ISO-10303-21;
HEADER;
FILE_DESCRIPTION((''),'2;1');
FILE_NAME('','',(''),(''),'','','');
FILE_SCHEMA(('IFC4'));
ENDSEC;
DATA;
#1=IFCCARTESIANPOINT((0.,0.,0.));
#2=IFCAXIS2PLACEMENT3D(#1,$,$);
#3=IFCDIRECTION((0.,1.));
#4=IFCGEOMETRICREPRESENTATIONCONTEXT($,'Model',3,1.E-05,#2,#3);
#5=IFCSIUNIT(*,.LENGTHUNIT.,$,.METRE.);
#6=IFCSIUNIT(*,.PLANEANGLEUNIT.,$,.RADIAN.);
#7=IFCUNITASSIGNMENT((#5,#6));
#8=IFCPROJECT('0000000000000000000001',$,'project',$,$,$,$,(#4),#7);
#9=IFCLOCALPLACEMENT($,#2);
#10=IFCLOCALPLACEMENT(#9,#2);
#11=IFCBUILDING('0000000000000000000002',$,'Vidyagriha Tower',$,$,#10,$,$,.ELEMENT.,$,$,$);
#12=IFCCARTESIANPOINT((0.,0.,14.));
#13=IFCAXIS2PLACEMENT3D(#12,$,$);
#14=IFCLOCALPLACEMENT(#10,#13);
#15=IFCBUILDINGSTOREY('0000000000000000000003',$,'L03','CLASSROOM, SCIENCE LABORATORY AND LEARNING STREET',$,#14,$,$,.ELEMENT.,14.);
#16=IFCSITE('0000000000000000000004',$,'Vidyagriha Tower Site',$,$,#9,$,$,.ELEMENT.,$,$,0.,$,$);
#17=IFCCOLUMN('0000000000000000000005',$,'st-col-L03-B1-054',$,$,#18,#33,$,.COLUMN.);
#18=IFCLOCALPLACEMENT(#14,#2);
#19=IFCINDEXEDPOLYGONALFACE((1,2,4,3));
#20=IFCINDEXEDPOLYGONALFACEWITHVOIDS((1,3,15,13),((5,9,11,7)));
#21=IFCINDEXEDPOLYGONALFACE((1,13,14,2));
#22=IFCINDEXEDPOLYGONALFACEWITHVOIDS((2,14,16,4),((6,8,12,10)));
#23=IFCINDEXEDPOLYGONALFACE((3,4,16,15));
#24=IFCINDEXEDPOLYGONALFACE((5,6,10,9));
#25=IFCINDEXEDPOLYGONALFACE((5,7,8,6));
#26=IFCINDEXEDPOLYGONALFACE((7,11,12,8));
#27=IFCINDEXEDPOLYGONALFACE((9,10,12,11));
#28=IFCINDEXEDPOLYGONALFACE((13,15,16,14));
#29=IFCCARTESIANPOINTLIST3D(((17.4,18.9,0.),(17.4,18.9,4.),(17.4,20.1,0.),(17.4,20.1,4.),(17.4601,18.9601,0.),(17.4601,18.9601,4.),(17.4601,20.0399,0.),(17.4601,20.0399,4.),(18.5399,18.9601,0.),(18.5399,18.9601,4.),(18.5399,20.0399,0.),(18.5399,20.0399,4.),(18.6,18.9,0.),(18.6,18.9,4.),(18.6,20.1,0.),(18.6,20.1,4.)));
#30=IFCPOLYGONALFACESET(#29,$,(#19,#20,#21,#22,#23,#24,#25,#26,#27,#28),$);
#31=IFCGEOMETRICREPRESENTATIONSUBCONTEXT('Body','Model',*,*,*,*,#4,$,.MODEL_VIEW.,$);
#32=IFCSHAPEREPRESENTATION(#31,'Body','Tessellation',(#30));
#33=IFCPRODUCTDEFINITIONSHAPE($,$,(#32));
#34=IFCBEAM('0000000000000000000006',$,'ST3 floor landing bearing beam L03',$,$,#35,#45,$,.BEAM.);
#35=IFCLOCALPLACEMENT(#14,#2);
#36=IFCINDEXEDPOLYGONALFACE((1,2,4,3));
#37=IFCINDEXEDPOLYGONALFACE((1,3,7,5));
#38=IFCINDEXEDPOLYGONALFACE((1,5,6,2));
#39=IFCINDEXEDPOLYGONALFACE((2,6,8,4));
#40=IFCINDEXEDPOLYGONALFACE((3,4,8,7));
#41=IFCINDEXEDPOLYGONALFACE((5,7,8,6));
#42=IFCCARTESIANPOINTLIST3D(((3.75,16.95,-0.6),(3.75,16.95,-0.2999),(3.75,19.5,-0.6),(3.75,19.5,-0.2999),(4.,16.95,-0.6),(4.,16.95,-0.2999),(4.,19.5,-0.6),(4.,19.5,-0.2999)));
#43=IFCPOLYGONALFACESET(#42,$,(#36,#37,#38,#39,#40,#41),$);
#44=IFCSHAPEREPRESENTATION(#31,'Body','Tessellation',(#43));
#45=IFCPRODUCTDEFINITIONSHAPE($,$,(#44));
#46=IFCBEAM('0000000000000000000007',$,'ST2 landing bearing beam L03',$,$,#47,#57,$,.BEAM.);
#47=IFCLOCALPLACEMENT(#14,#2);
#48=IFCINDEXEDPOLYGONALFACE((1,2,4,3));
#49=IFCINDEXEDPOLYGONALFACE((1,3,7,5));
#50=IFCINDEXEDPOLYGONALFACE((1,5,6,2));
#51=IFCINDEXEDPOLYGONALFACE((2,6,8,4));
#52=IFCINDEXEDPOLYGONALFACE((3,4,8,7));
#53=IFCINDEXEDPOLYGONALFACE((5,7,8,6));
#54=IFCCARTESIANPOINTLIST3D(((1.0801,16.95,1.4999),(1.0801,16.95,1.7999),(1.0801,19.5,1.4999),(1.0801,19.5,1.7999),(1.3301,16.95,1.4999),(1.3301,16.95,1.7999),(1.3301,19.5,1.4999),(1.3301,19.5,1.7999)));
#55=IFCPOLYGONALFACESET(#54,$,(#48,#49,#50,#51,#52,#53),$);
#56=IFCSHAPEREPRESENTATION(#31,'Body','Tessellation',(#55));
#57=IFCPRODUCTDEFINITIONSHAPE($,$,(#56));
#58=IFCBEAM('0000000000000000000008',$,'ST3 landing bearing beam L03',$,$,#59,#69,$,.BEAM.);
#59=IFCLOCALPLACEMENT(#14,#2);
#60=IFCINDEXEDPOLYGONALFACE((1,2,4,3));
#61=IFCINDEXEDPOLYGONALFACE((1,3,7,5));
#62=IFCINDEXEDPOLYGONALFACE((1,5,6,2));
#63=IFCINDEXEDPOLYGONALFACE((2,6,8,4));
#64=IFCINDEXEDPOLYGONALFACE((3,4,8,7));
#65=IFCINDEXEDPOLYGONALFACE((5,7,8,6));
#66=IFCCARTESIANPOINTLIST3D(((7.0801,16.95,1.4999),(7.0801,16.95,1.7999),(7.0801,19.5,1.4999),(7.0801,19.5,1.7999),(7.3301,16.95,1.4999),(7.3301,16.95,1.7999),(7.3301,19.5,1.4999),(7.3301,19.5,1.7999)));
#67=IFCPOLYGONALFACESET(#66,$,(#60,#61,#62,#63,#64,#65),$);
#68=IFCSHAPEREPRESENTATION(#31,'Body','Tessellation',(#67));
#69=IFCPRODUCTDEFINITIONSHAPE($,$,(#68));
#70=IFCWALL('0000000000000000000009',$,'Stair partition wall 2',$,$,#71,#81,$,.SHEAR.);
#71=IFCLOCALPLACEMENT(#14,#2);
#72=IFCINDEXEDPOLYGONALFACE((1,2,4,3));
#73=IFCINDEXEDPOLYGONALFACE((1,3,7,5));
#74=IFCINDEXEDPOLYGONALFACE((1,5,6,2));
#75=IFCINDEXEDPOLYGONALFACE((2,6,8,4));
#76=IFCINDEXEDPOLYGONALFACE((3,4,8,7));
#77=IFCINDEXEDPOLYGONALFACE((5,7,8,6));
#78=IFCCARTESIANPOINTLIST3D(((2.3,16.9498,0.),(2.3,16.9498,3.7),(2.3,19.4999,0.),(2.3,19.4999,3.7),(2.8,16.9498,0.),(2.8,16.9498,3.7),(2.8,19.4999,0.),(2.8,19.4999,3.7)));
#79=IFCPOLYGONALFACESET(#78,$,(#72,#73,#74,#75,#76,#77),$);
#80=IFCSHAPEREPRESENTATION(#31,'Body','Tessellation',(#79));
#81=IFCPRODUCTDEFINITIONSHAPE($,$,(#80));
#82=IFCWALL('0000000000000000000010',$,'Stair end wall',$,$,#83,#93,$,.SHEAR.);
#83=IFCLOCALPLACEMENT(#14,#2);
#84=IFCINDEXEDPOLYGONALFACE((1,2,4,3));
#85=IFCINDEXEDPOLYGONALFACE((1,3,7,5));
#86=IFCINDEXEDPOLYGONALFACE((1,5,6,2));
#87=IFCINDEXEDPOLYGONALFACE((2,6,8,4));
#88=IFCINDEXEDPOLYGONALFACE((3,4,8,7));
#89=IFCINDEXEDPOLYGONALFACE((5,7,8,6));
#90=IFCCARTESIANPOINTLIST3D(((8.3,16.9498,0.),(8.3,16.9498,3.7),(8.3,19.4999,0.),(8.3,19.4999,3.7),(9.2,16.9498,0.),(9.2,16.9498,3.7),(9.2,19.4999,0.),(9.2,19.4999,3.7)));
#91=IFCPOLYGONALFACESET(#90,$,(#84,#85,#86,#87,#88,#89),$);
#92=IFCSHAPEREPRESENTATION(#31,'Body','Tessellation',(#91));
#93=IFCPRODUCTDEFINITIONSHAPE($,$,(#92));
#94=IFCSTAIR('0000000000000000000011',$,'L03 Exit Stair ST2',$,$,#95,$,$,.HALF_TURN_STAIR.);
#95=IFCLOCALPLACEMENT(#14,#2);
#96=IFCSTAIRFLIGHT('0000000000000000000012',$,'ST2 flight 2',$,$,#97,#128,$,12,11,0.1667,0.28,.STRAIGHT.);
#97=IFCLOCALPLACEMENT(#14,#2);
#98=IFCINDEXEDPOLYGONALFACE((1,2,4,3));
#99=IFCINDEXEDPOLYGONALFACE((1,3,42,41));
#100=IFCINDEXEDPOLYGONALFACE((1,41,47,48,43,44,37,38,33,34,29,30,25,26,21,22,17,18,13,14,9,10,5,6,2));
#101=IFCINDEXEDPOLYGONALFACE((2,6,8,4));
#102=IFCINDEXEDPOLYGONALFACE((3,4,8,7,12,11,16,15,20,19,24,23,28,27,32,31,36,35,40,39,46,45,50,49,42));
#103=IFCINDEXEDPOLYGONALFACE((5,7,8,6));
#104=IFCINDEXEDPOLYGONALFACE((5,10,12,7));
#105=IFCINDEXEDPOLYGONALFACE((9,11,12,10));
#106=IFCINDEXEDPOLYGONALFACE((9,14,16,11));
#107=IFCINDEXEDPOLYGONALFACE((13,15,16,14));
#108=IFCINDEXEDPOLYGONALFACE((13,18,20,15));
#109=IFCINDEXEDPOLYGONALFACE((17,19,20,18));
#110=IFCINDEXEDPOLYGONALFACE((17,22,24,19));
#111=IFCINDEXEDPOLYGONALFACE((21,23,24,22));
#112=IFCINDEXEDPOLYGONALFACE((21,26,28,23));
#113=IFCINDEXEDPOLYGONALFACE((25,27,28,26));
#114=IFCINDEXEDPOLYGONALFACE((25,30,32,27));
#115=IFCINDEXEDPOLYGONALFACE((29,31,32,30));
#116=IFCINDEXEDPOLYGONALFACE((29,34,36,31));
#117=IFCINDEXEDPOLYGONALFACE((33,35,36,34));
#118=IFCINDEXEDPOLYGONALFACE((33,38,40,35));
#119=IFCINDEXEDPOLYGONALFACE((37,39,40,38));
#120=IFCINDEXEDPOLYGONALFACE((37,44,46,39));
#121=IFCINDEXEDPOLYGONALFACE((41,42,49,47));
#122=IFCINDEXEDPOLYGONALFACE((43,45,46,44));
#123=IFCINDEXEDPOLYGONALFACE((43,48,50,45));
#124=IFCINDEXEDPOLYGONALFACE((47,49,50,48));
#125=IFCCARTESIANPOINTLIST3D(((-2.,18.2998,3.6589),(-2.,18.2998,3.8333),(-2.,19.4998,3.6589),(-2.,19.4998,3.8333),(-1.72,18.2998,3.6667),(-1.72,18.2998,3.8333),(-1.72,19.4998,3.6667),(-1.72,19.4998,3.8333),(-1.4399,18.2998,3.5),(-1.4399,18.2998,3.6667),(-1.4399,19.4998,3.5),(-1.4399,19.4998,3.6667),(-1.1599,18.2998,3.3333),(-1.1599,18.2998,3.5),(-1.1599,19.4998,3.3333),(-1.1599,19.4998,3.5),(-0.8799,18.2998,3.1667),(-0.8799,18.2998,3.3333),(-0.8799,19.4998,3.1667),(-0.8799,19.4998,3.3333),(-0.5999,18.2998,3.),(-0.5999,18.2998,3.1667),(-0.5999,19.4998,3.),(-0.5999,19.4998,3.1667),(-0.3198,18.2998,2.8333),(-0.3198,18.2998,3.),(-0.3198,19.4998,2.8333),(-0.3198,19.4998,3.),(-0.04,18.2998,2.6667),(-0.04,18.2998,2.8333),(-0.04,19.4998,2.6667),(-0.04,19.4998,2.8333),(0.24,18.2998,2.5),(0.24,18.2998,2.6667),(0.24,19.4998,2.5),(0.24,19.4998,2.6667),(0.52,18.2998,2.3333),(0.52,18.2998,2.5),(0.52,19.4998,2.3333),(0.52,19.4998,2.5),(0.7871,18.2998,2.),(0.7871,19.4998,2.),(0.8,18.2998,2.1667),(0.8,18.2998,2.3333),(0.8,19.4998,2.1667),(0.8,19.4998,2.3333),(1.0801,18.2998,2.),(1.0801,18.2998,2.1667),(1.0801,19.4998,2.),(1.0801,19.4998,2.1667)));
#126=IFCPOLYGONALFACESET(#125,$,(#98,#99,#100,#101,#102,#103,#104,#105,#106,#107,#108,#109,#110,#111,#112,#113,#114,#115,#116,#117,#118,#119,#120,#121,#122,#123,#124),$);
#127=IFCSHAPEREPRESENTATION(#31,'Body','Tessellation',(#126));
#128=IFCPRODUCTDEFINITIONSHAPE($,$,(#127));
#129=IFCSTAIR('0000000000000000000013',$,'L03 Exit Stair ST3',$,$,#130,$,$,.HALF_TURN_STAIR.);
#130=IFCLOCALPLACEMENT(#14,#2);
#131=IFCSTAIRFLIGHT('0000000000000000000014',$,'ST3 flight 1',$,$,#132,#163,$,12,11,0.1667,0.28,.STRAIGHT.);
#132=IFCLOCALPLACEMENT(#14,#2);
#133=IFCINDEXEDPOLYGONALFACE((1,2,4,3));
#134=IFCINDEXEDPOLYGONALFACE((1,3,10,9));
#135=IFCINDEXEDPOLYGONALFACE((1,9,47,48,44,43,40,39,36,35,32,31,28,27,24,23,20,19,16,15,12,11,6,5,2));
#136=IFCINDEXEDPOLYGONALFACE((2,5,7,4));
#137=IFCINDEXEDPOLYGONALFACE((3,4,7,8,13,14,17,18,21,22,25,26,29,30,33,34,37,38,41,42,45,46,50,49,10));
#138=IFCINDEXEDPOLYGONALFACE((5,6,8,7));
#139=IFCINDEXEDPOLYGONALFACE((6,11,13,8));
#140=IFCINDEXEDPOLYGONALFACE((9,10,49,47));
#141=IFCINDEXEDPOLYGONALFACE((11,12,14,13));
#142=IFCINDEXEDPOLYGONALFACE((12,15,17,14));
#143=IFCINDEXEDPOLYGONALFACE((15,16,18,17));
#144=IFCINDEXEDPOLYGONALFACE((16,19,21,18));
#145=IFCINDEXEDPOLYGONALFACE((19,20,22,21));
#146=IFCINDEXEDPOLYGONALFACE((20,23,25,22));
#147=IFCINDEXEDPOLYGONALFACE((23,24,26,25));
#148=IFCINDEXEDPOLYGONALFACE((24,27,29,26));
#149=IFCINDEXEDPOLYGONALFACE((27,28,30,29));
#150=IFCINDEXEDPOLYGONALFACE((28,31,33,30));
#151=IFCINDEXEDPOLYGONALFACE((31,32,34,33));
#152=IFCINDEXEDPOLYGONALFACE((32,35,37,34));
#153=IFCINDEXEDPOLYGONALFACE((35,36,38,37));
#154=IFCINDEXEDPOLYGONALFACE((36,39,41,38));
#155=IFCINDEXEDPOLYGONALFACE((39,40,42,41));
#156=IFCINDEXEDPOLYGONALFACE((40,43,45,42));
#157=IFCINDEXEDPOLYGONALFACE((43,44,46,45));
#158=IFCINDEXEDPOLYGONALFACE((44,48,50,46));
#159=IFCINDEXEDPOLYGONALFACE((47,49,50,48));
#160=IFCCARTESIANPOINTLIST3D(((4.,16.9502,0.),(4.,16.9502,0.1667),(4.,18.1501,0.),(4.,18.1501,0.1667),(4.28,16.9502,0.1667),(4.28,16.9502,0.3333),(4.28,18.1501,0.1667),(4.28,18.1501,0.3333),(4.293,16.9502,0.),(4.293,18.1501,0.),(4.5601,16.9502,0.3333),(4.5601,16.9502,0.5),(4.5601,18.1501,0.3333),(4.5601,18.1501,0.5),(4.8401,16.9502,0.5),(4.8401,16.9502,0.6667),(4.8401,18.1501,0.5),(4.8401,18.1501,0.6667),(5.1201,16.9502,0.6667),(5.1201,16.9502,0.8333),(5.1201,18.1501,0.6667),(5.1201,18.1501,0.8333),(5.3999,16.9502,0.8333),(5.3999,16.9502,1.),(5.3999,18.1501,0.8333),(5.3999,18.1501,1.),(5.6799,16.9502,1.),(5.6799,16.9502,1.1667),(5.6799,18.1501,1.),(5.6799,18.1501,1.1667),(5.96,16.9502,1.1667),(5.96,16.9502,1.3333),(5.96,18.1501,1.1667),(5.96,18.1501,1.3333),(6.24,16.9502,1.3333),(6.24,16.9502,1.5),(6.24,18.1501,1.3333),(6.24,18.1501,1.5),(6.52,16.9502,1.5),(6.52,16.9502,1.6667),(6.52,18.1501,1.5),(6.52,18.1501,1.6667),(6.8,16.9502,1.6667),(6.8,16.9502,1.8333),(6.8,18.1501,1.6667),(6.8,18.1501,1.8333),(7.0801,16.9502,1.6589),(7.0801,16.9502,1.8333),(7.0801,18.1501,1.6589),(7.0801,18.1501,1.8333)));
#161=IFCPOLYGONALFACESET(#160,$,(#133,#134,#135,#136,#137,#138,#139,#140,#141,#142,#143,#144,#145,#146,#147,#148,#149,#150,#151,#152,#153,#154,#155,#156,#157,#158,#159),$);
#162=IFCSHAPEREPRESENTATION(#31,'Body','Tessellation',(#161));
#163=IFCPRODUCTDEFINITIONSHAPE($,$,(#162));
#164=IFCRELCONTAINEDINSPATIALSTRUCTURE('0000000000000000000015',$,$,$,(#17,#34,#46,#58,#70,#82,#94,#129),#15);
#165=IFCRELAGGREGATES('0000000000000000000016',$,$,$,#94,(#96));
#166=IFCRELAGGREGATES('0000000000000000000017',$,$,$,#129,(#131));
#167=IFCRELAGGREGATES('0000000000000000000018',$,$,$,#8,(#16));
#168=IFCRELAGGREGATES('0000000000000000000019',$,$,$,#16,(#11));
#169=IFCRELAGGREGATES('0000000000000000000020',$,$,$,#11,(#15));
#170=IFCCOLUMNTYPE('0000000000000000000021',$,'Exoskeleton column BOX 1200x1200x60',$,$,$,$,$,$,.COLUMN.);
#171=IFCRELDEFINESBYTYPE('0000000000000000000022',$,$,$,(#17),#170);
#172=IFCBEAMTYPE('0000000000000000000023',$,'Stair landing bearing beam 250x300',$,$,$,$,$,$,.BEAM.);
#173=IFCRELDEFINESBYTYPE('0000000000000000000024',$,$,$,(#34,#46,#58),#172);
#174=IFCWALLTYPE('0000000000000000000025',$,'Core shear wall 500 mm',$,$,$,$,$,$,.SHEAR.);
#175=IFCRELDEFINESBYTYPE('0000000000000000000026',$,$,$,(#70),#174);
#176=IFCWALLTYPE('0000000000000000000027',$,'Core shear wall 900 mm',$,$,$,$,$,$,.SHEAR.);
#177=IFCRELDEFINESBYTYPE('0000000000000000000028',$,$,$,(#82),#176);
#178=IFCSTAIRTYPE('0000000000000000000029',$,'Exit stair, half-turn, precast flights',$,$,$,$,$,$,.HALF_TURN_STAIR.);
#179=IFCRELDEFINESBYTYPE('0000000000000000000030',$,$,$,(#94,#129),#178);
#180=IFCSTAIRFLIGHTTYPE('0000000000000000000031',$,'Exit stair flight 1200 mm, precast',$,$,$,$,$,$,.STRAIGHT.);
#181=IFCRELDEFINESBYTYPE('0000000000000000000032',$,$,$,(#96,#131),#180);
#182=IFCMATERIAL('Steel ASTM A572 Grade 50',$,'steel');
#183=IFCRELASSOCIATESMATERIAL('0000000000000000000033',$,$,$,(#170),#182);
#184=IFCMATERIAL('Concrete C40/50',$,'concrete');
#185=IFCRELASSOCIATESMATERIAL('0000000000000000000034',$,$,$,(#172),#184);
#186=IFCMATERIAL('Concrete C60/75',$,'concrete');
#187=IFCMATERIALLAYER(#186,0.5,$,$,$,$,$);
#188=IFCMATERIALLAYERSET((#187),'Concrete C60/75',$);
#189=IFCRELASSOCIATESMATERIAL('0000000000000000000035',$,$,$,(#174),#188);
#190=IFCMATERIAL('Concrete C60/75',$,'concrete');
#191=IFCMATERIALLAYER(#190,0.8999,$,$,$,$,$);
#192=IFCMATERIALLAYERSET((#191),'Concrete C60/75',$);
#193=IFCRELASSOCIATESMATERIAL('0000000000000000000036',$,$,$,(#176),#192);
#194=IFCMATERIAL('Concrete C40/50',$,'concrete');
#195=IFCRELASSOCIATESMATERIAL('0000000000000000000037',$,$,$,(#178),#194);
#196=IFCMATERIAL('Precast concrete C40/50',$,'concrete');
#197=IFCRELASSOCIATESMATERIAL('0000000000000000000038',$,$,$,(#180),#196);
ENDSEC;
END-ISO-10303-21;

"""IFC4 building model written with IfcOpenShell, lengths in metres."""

from ifc_helpers import new_model, si_unit, direction, frame, frame_2d, origin, origin_2d, place, context, subcontext, project, spatial, polyline, rectangle, hollow_rectangle, outline, extrude, material, layer, layer_set, material_profile, profile_set, type_object, element, aggregate, save


model = new_model("IFC4")

# Units and contexts
model_context = context("Model", 3, precision=1e-05, world=origin(), true_north=direction((0.0, 1.0)))
body_context = subcontext(model_context, "Body", "Model", "MODEL_VIEW")
ifc_project = project(units=[si_unit("LENGTHUNIT", "METRE"), si_unit("PLANEANGLEUNIT", "RADIAN")], contexts=[model_context])

# Site, building, storey
site_placement = place(None, origin())
site = spatial("IfcSite", under=ifc_project, at=site_placement, Name="Vidyagriha Tower Site", CompositionType="ELEMENT", RefElevation=0.0)
building_placement = place(site_placement, origin())
building = spatial("IfcBuilding", under=site, at=building_placement, Name="Vidyagriha Tower", CompositionType="ELEMENT")
storey_placement = place(building_placement, frame((0.0, 0.0, 14.0)))
storey = spatial("IfcBuildingStorey", under=building, at=storey_placement, Name="L03", Description="CLASSROOM, SCIENCE LABORATORY AND LEARNING STREET", CompositionType="ELEMENT", Elevation=14.0)

# Column
ifc_material_1 = material(Name="Steel ASTM A572 Grade 50", Category="steel")
ifc_material_profile_1 = material_profile(ifc_material_1, hollow_rectangle(XDim=1.2, YDim=1.2, WallThickness=0.0601, at=origin_2d()), Name="BOX 1200x1200x60")
ifc_profile_set_1 = profile_set([ifc_material_profile_1], Name="Steel ASTM A572 Grade 50")
column_type = type_object("IfcColumnType", Name="Exoskeleton column BOX 1200x1200x60", PredefinedType="COLUMN", material=ifc_profile_set_1)
column_placement = place(storey_placement, frame((18.0, 19.5, 0.0)))
element("IfcColumn", 1, at=column_placement, inside=storey, type_object=column_type, Name="st-col-L03-B1-054", PredefinedType="COLUMN", context=body_context, shape_type="SweptSolid", body=[
    extrude(hollow_rectangle(XDim=1.2, YDim=1.2, WallThickness=0.0601, at=origin_2d()), origin(), (0.0, 0.0, 1.0), 4.0),
])

# Beams
ifc_material_2 = material(Name="Concrete C40/50", Category="concrete")
ifc_material_profile_2 = material_profile(ifc_material_2, rectangle(XDim=0.25, YDim=0.3, at=origin_2d()), Name="Stair landing bearing beam 250x300")
ifc_profile_set_2 = profile_set([ifc_material_profile_2], Name="Concrete C40/50")
beam_type = type_object("IfcBeamType", Name="Stair landing bearing beam 250x300", PredefinedType="BEAM", material=ifc_profile_set_2)
for number, where, z_axis, x_axis, name in (
    (2, (3.875, 16.95, -0.45), (0.0, 1.0, 0.0), (-1.0, 0.0, 0.0), "ST3 floor landing bearing beam L03"),
    (3, (1.2051, 16.95, 1.6499), (0.0, 1.0, 0.0), (-1.0, 0.0, 0.0), "ST2 landing bearing beam L03"),
    (4, (7.2051, 16.95, 1.6499), (0.0, 1.0, 0.0), (-1.0, 0.0, 0.0), "ST3 landing bearing beam L03"),
):
    element("IfcBeam", number, at=place(storey_placement, frame(where, z_axis=z_axis, x_axis=x_axis)), inside=storey, type_object=beam_type, Name=name, PredefinedType="BEAM", context=body_context, shape_type="SweptSolid", body=[
        extrude(rectangle(XDim=0.25, YDim=0.3, at=origin_2d()), origin(), (0.0, 0.0, 1.0), 2.55),
    ])

# Walls
ifc_material_3 = material(Name="Concrete C60/75", Category="concrete")
ifc_layer_1 = layer(ifc_material_3, 0.5)
ifc_layer_set_1 = layer_set([ifc_layer_1], Name="Concrete C60/75")
wall_type_1 = type_object("IfcWallType", Name="Core shear wall 500 mm", PredefinedType="SHEAR", material=ifc_layer_set_1)
wall_1_placement = place(storey_placement, frame((2.55, 16.95, 0.0), z_axis=(0.0, 0.0, 1.0), x_axis=(0.0, 1.0, 0.0)))
element("IfcWall", 5, at=wall_1_placement, inside=storey, type_object=wall_type_1, Name="Stair partition wall 2", PredefinedType="SHEAR", context=body_context, shape_type="SweptSolid", body=[
    extrude(rectangle(XDim=2.55, YDim=0.5, at=frame_2d((1.2749, 0.0))), origin(), (0.0, 0.0, 1.0), 3.7),
])
ifc_material_4 = material(Name="Concrete C60/75", Category="concrete")
ifc_layer_2 = layer(ifc_material_4, 0.8999)
ifc_layer_set_2 = layer_set([ifc_layer_2], Name="Concrete C60/75")
wall_type_2 = type_object("IfcWallType", Name="Core shear wall 900 mm", PredefinedType="SHEAR", material=ifc_layer_set_2)
wall_2_placement = place(storey_placement, frame((8.75, 16.95, 0.0), z_axis=(0.0, 0.0, 1.0), x_axis=(0.0, 1.0, 0.0)))
element("IfcWall", 6, at=wall_2_placement, inside=storey, type_object=wall_type_2, Name="Stair end wall", PredefinedType="SHEAR", context=body_context, shape_type="SweptSolid", body=[
    extrude(rectangle(XDim=2.55, YDim=0.8999, at=frame_2d((1.2749, 0.0))), origin(), (0.0, 0.0, 1.0), 3.7),
])

# Stair, stair flight
ifc_material_5 = material(Name="Concrete C40/50", Category="concrete")
stair_type = type_object("IfcStairType", Name="Exit stair, half-turn, precast flights", PredefinedType="HALF_TURN_STAIR", material=ifc_material_5)
stair_1_placement = place(storey_placement, origin())
stair_1 = element("IfcStair", 7, at=stair_1_placement, inside=storey, type_object=stair_type, Name="L03 Exit Stair ST2", PredefinedType="HALF_TURN_STAIR")
ifc_material_6 = material(Name="Precast concrete C40/50", Category="concrete")
stair_flight_type = type_object("IfcStairFlightType", Name="Exit stair flight 1200 mm, precast", PredefinedType="STRAIGHT", material=ifc_material_6)
stair_flight_1_placement = place(storey_placement, frame((1.0801, 18.8999, 2.0), z_axis=(0.0, 0.0, 1.0), x_axis=(-1.0, 0.0, 0.0)))
stair_flight_1 = element("IfcStairFlight", 8, at=stair_flight_1_placement, type_object=stair_flight_type, Name="ST2 flight 2", NumberOfRisers=12, NumberOfTreads=11, PredefinedType="STRAIGHT", RiserHeight=0.1667, TreadLength=0.28, context=body_context, shape_type="SweptSolid", body=[
    extrude(outline(polyline([(0.0, 0.0), (0.0, 0.1667), (0.28, 0.1667), (0.28, 0.3333), (0.5601, 0.3333), (0.5601, 0.5), (0.8401, 0.5), (0.8401, 0.6667), (1.1201, 0.6667), (1.1201, 0.8333), (1.3999, 0.8333), (1.3999, 1.0), (1.6799, 1.0), (1.6799, 1.1667), (1.96, 1.1667), (1.96, 1.3333), (2.24, 1.3333), (2.24, 1.5), (2.52, 1.5), (2.52, 1.6667), (2.8, 1.6667), (2.8, 1.8333), (3.0801, 1.8333), (3.0801, 2.0), (3.0801, 1.6589), (0.293, 0.0), (0.0, 0.0)])), frame((0.0, 0.6001, 0.0), z_axis=(0.0, -1.0, 0.0), x_axis=(1.0, 0.0, 0.0)), (0.0, 0.0, 1.0), 1.2),
])
aggregate(stair_1, [stair_flight_1])

# Stair, stair flight
stair_2_placement = place(storey_placement, origin())
stair_2 = element("IfcStair", 9, at=stair_2_placement, inside=storey, type_object=stair_type, Name="L03 Exit Stair ST3", PredefinedType="HALF_TURN_STAIR")
stair_flight_2_placement = place(storey_placement, frame((4.0, 17.55, 0.0)))
stair_flight_2 = element("IfcStairFlight", 10, at=stair_flight_2_placement, type_object=stair_flight_type, Name="ST3 flight 1", NumberOfRisers=12, NumberOfTreads=11, PredefinedType="STRAIGHT", RiserHeight=0.1667, TreadLength=0.28, context=body_context, shape_type="SweptSolid", body=[
    extrude(outline(polyline([(0.0, 0.0), (0.0, 0.1667), (0.28, 0.1667), (0.28, 0.3333), (0.5601, 0.3333), (0.5601, 0.5), (0.8401, 0.5), (0.8401, 0.6667), (1.1201, 0.6667), (1.1201, 0.8333), (1.3999, 0.8333), (1.3999, 1.0), (1.6799, 1.0), (1.6799, 1.1667), (1.96, 1.1667), (1.96, 1.3333), (2.24, 1.3333), (2.24, 1.5), (2.52, 1.5), (2.52, 1.6667), (2.8, 1.6667), (2.8, 1.8333), (3.0801, 1.8333), (3.0801, 2.0), (3.0801, 1.6589), (0.293, 0.0), (0.0, 0.0)])), frame((0.0, 0.6001, 0.0), z_axis=(0.0, -1.0, 0.0), x_axis=(1.0, 0.0, 0.0)), (0.0, 0.0, 1.0), 1.2),
])
aggregate(stair_2, [stair_flight_2])

save(model, "model.ifc")
